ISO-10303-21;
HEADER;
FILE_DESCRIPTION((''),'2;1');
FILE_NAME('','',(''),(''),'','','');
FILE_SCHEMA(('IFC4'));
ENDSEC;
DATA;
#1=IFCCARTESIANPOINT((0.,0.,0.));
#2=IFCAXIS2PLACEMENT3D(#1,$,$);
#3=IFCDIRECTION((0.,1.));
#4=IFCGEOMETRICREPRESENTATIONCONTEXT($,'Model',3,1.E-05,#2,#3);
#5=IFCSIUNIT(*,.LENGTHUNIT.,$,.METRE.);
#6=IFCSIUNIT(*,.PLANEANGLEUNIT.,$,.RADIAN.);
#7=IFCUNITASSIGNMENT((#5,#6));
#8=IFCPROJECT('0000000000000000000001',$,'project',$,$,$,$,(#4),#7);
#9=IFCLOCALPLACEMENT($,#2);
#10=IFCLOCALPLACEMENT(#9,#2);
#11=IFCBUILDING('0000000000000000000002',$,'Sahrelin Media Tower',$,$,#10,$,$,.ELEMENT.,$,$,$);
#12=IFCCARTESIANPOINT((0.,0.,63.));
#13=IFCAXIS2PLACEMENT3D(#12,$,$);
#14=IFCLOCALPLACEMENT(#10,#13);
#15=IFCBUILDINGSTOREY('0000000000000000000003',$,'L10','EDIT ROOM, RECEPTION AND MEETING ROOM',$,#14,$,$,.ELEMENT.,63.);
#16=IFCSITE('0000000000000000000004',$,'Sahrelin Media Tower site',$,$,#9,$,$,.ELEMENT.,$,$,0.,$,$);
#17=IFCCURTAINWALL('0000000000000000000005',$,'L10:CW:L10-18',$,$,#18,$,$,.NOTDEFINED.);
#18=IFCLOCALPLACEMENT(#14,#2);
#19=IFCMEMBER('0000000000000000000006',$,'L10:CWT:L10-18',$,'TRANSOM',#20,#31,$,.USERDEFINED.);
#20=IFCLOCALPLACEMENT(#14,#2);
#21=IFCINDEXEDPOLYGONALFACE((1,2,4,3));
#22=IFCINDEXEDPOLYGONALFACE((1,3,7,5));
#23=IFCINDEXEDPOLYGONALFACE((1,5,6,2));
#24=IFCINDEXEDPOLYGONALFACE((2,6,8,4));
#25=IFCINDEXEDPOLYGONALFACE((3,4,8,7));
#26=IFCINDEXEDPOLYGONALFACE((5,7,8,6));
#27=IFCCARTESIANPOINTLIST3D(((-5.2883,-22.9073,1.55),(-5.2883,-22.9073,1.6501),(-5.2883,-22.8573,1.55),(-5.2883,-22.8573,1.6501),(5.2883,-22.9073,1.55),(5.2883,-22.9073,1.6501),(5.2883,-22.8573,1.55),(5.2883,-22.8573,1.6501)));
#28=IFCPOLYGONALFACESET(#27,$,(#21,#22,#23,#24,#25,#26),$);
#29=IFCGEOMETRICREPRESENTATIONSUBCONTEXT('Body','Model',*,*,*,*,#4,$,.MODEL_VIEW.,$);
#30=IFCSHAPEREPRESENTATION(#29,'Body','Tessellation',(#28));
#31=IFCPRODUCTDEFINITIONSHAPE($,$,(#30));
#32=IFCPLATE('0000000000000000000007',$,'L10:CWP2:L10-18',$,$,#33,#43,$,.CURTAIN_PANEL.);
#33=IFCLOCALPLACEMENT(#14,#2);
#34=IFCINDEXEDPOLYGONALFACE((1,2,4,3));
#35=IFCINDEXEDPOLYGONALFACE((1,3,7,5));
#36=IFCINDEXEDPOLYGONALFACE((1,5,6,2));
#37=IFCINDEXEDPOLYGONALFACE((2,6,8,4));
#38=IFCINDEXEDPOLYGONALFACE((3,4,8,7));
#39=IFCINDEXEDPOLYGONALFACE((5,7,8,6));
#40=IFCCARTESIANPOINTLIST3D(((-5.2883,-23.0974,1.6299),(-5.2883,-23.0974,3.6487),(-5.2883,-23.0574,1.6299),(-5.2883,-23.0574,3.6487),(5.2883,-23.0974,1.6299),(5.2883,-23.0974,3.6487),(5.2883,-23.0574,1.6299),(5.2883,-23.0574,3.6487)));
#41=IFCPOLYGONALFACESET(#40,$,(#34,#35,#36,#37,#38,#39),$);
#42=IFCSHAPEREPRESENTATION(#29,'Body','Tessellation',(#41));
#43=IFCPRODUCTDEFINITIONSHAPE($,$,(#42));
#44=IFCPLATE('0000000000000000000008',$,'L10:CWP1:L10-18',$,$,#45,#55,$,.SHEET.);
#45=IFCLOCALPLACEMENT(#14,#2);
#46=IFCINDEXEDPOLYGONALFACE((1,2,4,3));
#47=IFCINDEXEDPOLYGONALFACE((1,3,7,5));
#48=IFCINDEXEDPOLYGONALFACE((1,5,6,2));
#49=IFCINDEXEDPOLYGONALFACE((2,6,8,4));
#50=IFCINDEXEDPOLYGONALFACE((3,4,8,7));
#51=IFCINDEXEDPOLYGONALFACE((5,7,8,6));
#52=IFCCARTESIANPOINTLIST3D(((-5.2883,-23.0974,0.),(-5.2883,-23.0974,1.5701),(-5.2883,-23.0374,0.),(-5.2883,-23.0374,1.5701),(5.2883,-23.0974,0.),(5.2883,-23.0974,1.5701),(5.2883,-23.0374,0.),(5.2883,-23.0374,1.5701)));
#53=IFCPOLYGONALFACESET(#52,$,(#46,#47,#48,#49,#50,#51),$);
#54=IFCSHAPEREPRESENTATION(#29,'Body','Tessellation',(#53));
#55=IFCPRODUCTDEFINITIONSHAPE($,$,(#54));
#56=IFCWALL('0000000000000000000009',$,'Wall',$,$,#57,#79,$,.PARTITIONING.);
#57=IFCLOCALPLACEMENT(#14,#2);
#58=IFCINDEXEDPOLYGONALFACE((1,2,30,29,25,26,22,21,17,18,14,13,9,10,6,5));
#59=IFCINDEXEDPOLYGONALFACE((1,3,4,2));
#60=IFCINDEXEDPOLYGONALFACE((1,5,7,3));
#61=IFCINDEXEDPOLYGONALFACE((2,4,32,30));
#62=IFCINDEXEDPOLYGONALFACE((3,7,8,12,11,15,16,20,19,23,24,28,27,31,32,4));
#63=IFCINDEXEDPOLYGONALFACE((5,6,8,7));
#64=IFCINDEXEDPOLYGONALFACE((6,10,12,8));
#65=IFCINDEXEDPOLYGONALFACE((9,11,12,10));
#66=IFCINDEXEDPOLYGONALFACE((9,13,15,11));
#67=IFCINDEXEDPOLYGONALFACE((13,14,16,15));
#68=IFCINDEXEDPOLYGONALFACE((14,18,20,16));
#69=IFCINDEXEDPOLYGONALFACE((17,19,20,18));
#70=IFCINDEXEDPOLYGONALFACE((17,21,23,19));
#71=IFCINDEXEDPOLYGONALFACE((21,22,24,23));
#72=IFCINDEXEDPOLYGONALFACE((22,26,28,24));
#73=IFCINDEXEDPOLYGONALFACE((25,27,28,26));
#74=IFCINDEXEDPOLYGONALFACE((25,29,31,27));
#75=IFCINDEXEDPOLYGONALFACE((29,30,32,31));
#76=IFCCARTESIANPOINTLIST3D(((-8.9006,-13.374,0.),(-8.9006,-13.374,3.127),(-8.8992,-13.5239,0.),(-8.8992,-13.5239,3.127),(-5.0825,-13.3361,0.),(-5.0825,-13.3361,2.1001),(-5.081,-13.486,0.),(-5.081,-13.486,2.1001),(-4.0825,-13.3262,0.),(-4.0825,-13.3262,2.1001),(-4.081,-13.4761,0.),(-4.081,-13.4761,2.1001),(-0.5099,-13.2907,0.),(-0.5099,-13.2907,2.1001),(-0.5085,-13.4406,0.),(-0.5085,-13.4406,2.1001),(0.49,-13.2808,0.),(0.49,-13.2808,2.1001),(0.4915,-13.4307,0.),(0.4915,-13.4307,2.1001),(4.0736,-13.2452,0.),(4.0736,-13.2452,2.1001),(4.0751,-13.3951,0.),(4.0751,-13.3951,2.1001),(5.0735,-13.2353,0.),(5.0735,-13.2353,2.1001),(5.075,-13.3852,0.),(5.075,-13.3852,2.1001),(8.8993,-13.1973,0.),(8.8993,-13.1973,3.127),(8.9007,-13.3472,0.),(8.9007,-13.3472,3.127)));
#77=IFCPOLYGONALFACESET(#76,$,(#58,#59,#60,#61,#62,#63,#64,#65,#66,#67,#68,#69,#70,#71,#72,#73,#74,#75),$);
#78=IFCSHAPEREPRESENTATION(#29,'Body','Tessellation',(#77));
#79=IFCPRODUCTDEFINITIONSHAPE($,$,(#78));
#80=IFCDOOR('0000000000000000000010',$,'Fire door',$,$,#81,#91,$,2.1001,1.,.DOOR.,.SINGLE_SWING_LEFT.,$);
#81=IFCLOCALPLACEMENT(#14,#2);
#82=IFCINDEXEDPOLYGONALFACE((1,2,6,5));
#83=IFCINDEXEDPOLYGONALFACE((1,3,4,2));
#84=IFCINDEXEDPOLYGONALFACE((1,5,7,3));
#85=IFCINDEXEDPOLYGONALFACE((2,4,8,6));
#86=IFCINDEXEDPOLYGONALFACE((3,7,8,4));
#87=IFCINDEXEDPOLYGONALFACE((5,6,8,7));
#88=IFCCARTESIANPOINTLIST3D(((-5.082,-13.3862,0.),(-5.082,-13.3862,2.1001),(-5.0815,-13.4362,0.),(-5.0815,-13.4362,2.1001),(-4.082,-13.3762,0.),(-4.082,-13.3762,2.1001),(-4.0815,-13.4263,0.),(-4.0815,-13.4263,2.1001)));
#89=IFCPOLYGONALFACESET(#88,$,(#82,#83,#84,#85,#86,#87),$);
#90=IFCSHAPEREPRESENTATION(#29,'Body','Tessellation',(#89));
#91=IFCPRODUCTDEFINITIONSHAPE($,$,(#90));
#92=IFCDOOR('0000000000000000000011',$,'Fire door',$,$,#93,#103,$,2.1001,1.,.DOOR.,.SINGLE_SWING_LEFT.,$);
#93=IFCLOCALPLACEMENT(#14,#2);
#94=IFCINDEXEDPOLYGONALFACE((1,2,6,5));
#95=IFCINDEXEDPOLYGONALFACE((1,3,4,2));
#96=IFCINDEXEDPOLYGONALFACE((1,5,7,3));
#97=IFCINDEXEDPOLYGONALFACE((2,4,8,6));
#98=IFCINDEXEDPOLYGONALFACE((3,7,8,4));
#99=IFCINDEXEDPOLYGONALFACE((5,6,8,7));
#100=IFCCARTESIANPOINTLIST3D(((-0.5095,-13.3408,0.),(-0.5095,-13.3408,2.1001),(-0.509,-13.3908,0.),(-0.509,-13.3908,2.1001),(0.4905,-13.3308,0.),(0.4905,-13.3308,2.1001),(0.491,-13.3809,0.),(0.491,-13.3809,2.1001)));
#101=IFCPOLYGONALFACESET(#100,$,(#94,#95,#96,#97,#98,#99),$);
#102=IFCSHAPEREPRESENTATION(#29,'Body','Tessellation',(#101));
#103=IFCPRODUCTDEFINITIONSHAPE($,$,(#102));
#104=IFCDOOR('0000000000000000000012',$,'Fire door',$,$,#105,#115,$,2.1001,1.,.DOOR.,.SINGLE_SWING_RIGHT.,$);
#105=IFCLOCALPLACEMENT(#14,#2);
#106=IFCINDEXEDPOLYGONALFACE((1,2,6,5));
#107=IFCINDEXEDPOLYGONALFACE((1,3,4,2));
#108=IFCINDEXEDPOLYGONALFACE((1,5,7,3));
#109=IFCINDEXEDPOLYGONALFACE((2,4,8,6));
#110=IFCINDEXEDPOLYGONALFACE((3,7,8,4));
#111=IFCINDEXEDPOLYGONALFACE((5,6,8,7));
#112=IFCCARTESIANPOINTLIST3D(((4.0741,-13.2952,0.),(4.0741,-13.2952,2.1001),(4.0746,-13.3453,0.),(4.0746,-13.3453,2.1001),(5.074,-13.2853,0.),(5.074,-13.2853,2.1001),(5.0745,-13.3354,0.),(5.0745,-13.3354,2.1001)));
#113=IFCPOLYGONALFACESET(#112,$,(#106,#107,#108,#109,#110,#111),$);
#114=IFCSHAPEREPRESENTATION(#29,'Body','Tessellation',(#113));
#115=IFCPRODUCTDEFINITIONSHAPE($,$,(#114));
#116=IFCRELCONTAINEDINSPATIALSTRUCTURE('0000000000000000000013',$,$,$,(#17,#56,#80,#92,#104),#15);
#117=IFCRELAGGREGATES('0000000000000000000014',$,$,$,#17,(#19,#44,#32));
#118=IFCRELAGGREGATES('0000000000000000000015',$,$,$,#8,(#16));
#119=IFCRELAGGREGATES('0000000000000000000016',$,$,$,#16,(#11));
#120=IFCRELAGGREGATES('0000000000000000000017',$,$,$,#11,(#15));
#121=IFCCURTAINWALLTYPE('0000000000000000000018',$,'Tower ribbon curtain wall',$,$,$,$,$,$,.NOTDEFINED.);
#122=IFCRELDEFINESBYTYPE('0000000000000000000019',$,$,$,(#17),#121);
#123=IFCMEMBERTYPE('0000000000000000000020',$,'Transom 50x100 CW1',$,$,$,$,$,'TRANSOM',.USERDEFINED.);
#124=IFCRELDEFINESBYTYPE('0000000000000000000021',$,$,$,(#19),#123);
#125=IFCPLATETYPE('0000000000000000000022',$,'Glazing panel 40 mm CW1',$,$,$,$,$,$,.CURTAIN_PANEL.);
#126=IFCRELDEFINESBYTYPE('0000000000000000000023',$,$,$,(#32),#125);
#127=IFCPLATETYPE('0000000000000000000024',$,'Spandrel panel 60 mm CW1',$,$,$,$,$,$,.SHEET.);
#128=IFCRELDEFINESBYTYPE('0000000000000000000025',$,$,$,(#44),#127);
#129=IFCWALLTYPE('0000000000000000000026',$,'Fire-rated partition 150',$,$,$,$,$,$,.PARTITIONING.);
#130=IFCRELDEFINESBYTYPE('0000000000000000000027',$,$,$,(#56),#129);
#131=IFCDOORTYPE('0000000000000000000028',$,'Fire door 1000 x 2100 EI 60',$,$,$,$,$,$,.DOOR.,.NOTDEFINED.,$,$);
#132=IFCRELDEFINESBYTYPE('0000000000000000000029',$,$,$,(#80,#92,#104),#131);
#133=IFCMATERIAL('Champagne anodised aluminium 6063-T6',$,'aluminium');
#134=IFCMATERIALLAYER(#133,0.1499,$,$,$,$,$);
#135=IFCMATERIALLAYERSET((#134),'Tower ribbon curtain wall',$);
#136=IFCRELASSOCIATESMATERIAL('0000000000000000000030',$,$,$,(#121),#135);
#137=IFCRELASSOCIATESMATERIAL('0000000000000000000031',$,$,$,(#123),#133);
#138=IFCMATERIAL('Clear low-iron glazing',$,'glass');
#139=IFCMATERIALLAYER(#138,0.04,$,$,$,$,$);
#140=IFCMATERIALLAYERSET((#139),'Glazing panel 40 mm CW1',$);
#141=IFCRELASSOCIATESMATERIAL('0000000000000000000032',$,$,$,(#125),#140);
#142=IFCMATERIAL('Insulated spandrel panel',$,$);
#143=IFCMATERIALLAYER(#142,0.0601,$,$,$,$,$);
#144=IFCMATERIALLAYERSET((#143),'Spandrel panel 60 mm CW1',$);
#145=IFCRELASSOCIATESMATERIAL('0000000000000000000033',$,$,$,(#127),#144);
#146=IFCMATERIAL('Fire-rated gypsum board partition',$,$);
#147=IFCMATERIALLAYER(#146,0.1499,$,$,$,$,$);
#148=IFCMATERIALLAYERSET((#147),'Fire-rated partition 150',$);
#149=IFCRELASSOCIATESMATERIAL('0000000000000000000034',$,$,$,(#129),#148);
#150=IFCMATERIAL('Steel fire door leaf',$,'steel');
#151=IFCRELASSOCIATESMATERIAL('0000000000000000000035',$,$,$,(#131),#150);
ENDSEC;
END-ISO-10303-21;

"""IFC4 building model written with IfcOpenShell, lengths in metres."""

from ifc_helpers import new_model, si_unit, direction, frame, frame_2d, origin, origin_2d, place, context, subcontext, project, spatial, polyline, rectangle, outline, extrude, material, layer, layer_set, material_profile, profile_set, type_object, element, fill, aggregate, save


model = new_model("IFC4")

# Units and contexts
model_context = context("Model", 3, precision=1e-05, world=origin(), true_north=direction((0.0, 1.0)))
body_context = subcontext(model_context, "Body", "Model", "MODEL_VIEW")
ifc_project = project(units=[si_unit("LENGTHUNIT", "METRE"), si_unit("PLANEANGLEUNIT", "RADIAN")], contexts=[model_context])

# Site, building, storey
site_placement = place(None, origin())
site = spatial("IfcSite", under=ifc_project, at=site_placement, Name="Sahrelin Media Tower site", CompositionType="ELEMENT", RefElevation=0.0)
building_placement = place(site_placement, origin())
building = spatial("IfcBuilding", under=site, at=building_placement, Name="Sahrelin Media Tower", CompositionType="ELEMENT")
storey_placement = place(building_placement, frame((0.0, 0.0, 63.0)))
storey = spatial("IfcBuildingStorey", under=building, at=storey_placement, Name="L10", Description="EDIT ROOM, RECEPTION AND MEETING ROOM", CompositionType="ELEMENT", Elevation=63.0)

# Shared definitions
ifc_material_1 = material(Name="Champagne anodised aluminium 6063-T6", Category="aluminium")
ifc_layer_1 = layer(ifc_material_1, 0.1499)
ifc_layer_set_1 = layer_set([ifc_layer_1], Name="Tower ribbon curtain wall")
curtain_wall_type = type_object("IfcCurtainWallType", Name="Tower ribbon curtain wall", PredefinedType="NOTDEFINED", material=ifc_layer_set_1)

# Curtain wall, member, plates
curtain_wall_1_placement = place(storey_placement, frame((0.0, -23.0774, 0.0), z_axis=(0.0, 0.0, 1.0), x_axis=(1.0, 0.0, 0.0)))
curtain_wall_1 = element("IfcCurtainWall", 1, at=curtain_wall_1_placement, inside=storey, type_object=curtain_wall_type, Name="L10:CW:L10-18", PredefinedType="NOTDEFINED")
ifc_material_profile_1 = material_profile(ifc_material_1, rectangle(XDim=0.05, YDim=0.1001, at=origin_2d()), Name="Transom 50x100")
ifc_profile_set_1 = profile_set([ifc_material_profile_1], Name="Champagne anodised aluminium 6063-T6")
member_type_1 = type_object("IfcMemberType", Name="Transom 50x100 CW1", ElementType="TRANSOM", PredefinedType="USERDEFINED", material=ifc_profile_set_1)
member_1_placement = place(storey_placement, frame((-5.2883, -22.8823, 1.6001), z_axis=(1.0, 0.0, 0.0), x_axis=(0.0, 1.0, 0.0)))
member_1 = element("IfcMember", 2, at=member_1_placement, type_object=member_type_1, Name="L10:CWT:L10-18", ObjectType="TRANSOM", PredefinedType="USERDEFINED", context=body_context, shape_type="SweptSolid", body=[
    extrude(rectangle(XDim=0.05, YDim=0.1001, at=origin_2d()), origin(), (0.0, 0.0, 1.0), 10.5767),
])
ifc_material_2 = material(Name="Clear low-iron glazing", Category="glass")
ifc_layer_2 = layer(ifc_material_2, 0.04)
ifc_layer_set_2 = layer_set([ifc_layer_2], Name="Glazing panel 40 mm CW1")
plate_type_1 = type_object("IfcPlateType", Name="Glazing panel 40 mm CW1", PredefinedType="CURTAIN_PANEL", material=ifc_layer_set_2)
plate_1_placement = place(storey_placement, frame((-5.2883, -23.0974, 1.6299), z_axis=(0.0, -1.0, 0.0), x_axis=(1.0, 0.0, 0.0)))
plate_1 = element("IfcPlate", 3, at=plate_1_placement, type_object=plate_type_1, Name="L10:CWP2:L10-18", PredefinedType="CURTAIN_PANEL", context=body_context, shape_type="SweptSolid", body=[
    extrude(outline(polyline([(0.0, 0.0), (10.5767, 0.0), (10.5767, 2.0188), (0.0, 2.0188), (0.0, 0.0)])), origin(), (0.0, 0.0, -1.0), 0.04),
])
ifc_material_3 = material(Name="Insulated spandrel panel")
ifc_layer_3 = layer(ifc_material_3, 0.0601)
ifc_layer_set_3 = layer_set([ifc_layer_3], Name="Spandrel panel 60 mm CW1")
plate_type_2 = type_object("IfcPlateType", Name="Spandrel panel 60 mm CW1", PredefinedType="SHEET", material=ifc_layer_set_3)
plate_2_placement = place(storey_placement, frame((-5.2883, -23.0974, 0.0), z_axis=(0.0, -1.0, 0.0), x_axis=(1.0, 0.0, 0.0)))
plate_2 = element("IfcPlate", 4, at=plate_2_placement, type_object=plate_type_2, Name="L10:CWP1:L10-18", PredefinedType="SHEET", context=body_context, shape_type="SweptSolid", body=[
    extrude(outline(polyline([(0.0, 0.0), (10.5767, 0.0), (10.5767, 1.5701), (0.0, 1.5701), (0.0, 0.0)])), origin(), (0.0, 0.0, -1.0), 0.0601),
])
aggregate(curtain_wall_1, [member_1, plate_2, plate_1])

# Wall, openings, doors
ifc_material_4 = material(Name="Fire-rated gypsum board partition")
ifc_layer_4 = layer(ifc_material_4, 0.1499)
ifc_layer_set_4 = layer_set([ifc_layer_4], Name="Fire-rated partition 150")
wall_type = type_object("IfcWallType", Name="Fire-rated partition 150", PredefinedType="PARTITIONING", material=ifc_layer_set_4)
wall_placement = place(storey_placement, frame((-8.8999, -13.449, 0.0), z_axis=(0.0, 0.0, 1.0), x_axis=(0.999951, 0.00993, 0.0)))
wall = element("IfcWall", 5, at=wall_placement, inside=storey, type_object=wall_type, Name="Wall", PredefinedType="PARTITIONING", context=body_context, shape_type="SweptSolid", body=[
    extrude(rectangle(XDim=17.8008, YDim=0.1499, at=frame_2d((8.9004, 0.0))), origin(), (0.0, 0.0, 1.0), 3.127),
])
opening_1_placement = place(wall_placement, frame((3.8184, 0.0, 0.0)))
opening_1 = element("IfcOpeningElement", 6, at=opening_1_placement, cuts=wall, PredefinedType="OPENING", context=body_context, shape_type="SweptSolid", body=[
    extrude(rectangle(XDim=1.0, YDim=2.1001, at=frame_2d((0.5, 1.05))), frame((0.0, 0.075, 0.0), z_axis=(0.0, -1.0, 0.0), x_axis=(1.0, 0.0, 0.0)), (0.0, 0.0, 1.0), 0.1499),
])
opening_2_placement = place(wall_placement, frame((8.3911, 0.0, 0.0)))
opening_2 = element("IfcOpeningElement", 7, at=opening_2_placement, cuts=wall, PredefinedType="OPENING", context=body_context, shape_type="SweptSolid", body=[
    extrude(rectangle(XDim=1.0, YDim=2.1001, at=frame_2d((0.5, 1.05))), frame((0.0, 0.075, 0.0), z_axis=(0.0, -1.0, 0.0), x_axis=(1.0, 0.0, 0.0)), (0.0, 0.0, 1.0), 0.1499),
])
opening_3_placement = place(wall_placement, frame((12.9749, 0.0, 0.0)))
opening_3 = element("IfcOpeningElement", 8, at=opening_3_placement, cuts=wall, PredefinedType="OPENING", context=body_context, shape_type="SweptSolid", body=[
    extrude(rectangle(XDim=1.0, YDim=2.1001, at=frame_2d((0.5, 1.05))), frame((0.0, 0.075, 0.0), z_axis=(0.0, -1.0, 0.0), x_axis=(1.0, 0.0, 0.0)), (0.0, 0.0, 1.0), 0.1499),
])
ifc_material_5 = material(Name="Steel fire door leaf", Category="steel")
door_type = type_object("IfcDoorType", Name="Fire door 1000 x 2100 EI 60", OperationType="NOTDEFINED", PredefinedType="DOOR", material=ifc_material_5)
door_1_placement = place(opening_1_placement, origin())
door_1 = element("IfcDoor", 9, at=door_1_placement, inside=storey, type_object=door_type, Name="Fire door", OperationType="SINGLE_SWING_LEFT", OverallHeight=2.1001, OverallWidth=1.0, PredefinedType="DOOR", context=body_context, shape_type="SweptSolid", body=[
    extrude(rectangle(XDim=1.0, YDim=2.1001, at=frame_2d((0.5, 1.05))), frame((0.0, 0.0249, 0.0), z_axis=(0.0, -1.0, 0.0), x_axis=(1.0, 0.0, 0.0)), (0.0, 0.0, 1.0), 0.05),
])
fill(opening_1, door_1)
door_2_placement = place(opening_2_placement, origin())
door_2 = element("IfcDoor", 10, at=door_2_placement, inside=storey, type_object=door_type, Name="Fire door", OperationType="SINGLE_SWING_LEFT", OverallHeight=2.1001, OverallWidth=1.0, PredefinedType="DOOR", context=body_context, shape_type="SweptSolid", body=[
    extrude(rectangle(XDim=1.0, YDim=2.1001, at=frame_2d((0.5, 1.05))), frame((0.0, 0.0249, 0.0), z_axis=(0.0, -1.0, 0.0), x_axis=(1.0, 0.0, 0.0)), (0.0, 0.0, 1.0), 0.05),
])
fill(opening_2, door_2)
door_3_placement = place(opening_3_placement, origin())
door_3 = element("IfcDoor", 11, at=door_3_placement, inside=storey, type_object=door_type, Name="Fire door", OperationType="SINGLE_SWING_RIGHT", OverallHeight=2.1001, OverallWidth=1.0, PredefinedType="DOOR", context=body_context, shape_type="SweptSolid", body=[
    extrude(rectangle(XDim=1.0, YDim=2.1001, at=frame_2d((0.5, 1.05))), frame((0.0, 0.0249, 0.0), z_axis=(0.0, -1.0, 0.0), x_axis=(1.0, 0.0, 0.0)), (0.0, 0.0, 1.0), 0.05),
])
fill(opening_3, door_3)

save(model, "model.ifc")
